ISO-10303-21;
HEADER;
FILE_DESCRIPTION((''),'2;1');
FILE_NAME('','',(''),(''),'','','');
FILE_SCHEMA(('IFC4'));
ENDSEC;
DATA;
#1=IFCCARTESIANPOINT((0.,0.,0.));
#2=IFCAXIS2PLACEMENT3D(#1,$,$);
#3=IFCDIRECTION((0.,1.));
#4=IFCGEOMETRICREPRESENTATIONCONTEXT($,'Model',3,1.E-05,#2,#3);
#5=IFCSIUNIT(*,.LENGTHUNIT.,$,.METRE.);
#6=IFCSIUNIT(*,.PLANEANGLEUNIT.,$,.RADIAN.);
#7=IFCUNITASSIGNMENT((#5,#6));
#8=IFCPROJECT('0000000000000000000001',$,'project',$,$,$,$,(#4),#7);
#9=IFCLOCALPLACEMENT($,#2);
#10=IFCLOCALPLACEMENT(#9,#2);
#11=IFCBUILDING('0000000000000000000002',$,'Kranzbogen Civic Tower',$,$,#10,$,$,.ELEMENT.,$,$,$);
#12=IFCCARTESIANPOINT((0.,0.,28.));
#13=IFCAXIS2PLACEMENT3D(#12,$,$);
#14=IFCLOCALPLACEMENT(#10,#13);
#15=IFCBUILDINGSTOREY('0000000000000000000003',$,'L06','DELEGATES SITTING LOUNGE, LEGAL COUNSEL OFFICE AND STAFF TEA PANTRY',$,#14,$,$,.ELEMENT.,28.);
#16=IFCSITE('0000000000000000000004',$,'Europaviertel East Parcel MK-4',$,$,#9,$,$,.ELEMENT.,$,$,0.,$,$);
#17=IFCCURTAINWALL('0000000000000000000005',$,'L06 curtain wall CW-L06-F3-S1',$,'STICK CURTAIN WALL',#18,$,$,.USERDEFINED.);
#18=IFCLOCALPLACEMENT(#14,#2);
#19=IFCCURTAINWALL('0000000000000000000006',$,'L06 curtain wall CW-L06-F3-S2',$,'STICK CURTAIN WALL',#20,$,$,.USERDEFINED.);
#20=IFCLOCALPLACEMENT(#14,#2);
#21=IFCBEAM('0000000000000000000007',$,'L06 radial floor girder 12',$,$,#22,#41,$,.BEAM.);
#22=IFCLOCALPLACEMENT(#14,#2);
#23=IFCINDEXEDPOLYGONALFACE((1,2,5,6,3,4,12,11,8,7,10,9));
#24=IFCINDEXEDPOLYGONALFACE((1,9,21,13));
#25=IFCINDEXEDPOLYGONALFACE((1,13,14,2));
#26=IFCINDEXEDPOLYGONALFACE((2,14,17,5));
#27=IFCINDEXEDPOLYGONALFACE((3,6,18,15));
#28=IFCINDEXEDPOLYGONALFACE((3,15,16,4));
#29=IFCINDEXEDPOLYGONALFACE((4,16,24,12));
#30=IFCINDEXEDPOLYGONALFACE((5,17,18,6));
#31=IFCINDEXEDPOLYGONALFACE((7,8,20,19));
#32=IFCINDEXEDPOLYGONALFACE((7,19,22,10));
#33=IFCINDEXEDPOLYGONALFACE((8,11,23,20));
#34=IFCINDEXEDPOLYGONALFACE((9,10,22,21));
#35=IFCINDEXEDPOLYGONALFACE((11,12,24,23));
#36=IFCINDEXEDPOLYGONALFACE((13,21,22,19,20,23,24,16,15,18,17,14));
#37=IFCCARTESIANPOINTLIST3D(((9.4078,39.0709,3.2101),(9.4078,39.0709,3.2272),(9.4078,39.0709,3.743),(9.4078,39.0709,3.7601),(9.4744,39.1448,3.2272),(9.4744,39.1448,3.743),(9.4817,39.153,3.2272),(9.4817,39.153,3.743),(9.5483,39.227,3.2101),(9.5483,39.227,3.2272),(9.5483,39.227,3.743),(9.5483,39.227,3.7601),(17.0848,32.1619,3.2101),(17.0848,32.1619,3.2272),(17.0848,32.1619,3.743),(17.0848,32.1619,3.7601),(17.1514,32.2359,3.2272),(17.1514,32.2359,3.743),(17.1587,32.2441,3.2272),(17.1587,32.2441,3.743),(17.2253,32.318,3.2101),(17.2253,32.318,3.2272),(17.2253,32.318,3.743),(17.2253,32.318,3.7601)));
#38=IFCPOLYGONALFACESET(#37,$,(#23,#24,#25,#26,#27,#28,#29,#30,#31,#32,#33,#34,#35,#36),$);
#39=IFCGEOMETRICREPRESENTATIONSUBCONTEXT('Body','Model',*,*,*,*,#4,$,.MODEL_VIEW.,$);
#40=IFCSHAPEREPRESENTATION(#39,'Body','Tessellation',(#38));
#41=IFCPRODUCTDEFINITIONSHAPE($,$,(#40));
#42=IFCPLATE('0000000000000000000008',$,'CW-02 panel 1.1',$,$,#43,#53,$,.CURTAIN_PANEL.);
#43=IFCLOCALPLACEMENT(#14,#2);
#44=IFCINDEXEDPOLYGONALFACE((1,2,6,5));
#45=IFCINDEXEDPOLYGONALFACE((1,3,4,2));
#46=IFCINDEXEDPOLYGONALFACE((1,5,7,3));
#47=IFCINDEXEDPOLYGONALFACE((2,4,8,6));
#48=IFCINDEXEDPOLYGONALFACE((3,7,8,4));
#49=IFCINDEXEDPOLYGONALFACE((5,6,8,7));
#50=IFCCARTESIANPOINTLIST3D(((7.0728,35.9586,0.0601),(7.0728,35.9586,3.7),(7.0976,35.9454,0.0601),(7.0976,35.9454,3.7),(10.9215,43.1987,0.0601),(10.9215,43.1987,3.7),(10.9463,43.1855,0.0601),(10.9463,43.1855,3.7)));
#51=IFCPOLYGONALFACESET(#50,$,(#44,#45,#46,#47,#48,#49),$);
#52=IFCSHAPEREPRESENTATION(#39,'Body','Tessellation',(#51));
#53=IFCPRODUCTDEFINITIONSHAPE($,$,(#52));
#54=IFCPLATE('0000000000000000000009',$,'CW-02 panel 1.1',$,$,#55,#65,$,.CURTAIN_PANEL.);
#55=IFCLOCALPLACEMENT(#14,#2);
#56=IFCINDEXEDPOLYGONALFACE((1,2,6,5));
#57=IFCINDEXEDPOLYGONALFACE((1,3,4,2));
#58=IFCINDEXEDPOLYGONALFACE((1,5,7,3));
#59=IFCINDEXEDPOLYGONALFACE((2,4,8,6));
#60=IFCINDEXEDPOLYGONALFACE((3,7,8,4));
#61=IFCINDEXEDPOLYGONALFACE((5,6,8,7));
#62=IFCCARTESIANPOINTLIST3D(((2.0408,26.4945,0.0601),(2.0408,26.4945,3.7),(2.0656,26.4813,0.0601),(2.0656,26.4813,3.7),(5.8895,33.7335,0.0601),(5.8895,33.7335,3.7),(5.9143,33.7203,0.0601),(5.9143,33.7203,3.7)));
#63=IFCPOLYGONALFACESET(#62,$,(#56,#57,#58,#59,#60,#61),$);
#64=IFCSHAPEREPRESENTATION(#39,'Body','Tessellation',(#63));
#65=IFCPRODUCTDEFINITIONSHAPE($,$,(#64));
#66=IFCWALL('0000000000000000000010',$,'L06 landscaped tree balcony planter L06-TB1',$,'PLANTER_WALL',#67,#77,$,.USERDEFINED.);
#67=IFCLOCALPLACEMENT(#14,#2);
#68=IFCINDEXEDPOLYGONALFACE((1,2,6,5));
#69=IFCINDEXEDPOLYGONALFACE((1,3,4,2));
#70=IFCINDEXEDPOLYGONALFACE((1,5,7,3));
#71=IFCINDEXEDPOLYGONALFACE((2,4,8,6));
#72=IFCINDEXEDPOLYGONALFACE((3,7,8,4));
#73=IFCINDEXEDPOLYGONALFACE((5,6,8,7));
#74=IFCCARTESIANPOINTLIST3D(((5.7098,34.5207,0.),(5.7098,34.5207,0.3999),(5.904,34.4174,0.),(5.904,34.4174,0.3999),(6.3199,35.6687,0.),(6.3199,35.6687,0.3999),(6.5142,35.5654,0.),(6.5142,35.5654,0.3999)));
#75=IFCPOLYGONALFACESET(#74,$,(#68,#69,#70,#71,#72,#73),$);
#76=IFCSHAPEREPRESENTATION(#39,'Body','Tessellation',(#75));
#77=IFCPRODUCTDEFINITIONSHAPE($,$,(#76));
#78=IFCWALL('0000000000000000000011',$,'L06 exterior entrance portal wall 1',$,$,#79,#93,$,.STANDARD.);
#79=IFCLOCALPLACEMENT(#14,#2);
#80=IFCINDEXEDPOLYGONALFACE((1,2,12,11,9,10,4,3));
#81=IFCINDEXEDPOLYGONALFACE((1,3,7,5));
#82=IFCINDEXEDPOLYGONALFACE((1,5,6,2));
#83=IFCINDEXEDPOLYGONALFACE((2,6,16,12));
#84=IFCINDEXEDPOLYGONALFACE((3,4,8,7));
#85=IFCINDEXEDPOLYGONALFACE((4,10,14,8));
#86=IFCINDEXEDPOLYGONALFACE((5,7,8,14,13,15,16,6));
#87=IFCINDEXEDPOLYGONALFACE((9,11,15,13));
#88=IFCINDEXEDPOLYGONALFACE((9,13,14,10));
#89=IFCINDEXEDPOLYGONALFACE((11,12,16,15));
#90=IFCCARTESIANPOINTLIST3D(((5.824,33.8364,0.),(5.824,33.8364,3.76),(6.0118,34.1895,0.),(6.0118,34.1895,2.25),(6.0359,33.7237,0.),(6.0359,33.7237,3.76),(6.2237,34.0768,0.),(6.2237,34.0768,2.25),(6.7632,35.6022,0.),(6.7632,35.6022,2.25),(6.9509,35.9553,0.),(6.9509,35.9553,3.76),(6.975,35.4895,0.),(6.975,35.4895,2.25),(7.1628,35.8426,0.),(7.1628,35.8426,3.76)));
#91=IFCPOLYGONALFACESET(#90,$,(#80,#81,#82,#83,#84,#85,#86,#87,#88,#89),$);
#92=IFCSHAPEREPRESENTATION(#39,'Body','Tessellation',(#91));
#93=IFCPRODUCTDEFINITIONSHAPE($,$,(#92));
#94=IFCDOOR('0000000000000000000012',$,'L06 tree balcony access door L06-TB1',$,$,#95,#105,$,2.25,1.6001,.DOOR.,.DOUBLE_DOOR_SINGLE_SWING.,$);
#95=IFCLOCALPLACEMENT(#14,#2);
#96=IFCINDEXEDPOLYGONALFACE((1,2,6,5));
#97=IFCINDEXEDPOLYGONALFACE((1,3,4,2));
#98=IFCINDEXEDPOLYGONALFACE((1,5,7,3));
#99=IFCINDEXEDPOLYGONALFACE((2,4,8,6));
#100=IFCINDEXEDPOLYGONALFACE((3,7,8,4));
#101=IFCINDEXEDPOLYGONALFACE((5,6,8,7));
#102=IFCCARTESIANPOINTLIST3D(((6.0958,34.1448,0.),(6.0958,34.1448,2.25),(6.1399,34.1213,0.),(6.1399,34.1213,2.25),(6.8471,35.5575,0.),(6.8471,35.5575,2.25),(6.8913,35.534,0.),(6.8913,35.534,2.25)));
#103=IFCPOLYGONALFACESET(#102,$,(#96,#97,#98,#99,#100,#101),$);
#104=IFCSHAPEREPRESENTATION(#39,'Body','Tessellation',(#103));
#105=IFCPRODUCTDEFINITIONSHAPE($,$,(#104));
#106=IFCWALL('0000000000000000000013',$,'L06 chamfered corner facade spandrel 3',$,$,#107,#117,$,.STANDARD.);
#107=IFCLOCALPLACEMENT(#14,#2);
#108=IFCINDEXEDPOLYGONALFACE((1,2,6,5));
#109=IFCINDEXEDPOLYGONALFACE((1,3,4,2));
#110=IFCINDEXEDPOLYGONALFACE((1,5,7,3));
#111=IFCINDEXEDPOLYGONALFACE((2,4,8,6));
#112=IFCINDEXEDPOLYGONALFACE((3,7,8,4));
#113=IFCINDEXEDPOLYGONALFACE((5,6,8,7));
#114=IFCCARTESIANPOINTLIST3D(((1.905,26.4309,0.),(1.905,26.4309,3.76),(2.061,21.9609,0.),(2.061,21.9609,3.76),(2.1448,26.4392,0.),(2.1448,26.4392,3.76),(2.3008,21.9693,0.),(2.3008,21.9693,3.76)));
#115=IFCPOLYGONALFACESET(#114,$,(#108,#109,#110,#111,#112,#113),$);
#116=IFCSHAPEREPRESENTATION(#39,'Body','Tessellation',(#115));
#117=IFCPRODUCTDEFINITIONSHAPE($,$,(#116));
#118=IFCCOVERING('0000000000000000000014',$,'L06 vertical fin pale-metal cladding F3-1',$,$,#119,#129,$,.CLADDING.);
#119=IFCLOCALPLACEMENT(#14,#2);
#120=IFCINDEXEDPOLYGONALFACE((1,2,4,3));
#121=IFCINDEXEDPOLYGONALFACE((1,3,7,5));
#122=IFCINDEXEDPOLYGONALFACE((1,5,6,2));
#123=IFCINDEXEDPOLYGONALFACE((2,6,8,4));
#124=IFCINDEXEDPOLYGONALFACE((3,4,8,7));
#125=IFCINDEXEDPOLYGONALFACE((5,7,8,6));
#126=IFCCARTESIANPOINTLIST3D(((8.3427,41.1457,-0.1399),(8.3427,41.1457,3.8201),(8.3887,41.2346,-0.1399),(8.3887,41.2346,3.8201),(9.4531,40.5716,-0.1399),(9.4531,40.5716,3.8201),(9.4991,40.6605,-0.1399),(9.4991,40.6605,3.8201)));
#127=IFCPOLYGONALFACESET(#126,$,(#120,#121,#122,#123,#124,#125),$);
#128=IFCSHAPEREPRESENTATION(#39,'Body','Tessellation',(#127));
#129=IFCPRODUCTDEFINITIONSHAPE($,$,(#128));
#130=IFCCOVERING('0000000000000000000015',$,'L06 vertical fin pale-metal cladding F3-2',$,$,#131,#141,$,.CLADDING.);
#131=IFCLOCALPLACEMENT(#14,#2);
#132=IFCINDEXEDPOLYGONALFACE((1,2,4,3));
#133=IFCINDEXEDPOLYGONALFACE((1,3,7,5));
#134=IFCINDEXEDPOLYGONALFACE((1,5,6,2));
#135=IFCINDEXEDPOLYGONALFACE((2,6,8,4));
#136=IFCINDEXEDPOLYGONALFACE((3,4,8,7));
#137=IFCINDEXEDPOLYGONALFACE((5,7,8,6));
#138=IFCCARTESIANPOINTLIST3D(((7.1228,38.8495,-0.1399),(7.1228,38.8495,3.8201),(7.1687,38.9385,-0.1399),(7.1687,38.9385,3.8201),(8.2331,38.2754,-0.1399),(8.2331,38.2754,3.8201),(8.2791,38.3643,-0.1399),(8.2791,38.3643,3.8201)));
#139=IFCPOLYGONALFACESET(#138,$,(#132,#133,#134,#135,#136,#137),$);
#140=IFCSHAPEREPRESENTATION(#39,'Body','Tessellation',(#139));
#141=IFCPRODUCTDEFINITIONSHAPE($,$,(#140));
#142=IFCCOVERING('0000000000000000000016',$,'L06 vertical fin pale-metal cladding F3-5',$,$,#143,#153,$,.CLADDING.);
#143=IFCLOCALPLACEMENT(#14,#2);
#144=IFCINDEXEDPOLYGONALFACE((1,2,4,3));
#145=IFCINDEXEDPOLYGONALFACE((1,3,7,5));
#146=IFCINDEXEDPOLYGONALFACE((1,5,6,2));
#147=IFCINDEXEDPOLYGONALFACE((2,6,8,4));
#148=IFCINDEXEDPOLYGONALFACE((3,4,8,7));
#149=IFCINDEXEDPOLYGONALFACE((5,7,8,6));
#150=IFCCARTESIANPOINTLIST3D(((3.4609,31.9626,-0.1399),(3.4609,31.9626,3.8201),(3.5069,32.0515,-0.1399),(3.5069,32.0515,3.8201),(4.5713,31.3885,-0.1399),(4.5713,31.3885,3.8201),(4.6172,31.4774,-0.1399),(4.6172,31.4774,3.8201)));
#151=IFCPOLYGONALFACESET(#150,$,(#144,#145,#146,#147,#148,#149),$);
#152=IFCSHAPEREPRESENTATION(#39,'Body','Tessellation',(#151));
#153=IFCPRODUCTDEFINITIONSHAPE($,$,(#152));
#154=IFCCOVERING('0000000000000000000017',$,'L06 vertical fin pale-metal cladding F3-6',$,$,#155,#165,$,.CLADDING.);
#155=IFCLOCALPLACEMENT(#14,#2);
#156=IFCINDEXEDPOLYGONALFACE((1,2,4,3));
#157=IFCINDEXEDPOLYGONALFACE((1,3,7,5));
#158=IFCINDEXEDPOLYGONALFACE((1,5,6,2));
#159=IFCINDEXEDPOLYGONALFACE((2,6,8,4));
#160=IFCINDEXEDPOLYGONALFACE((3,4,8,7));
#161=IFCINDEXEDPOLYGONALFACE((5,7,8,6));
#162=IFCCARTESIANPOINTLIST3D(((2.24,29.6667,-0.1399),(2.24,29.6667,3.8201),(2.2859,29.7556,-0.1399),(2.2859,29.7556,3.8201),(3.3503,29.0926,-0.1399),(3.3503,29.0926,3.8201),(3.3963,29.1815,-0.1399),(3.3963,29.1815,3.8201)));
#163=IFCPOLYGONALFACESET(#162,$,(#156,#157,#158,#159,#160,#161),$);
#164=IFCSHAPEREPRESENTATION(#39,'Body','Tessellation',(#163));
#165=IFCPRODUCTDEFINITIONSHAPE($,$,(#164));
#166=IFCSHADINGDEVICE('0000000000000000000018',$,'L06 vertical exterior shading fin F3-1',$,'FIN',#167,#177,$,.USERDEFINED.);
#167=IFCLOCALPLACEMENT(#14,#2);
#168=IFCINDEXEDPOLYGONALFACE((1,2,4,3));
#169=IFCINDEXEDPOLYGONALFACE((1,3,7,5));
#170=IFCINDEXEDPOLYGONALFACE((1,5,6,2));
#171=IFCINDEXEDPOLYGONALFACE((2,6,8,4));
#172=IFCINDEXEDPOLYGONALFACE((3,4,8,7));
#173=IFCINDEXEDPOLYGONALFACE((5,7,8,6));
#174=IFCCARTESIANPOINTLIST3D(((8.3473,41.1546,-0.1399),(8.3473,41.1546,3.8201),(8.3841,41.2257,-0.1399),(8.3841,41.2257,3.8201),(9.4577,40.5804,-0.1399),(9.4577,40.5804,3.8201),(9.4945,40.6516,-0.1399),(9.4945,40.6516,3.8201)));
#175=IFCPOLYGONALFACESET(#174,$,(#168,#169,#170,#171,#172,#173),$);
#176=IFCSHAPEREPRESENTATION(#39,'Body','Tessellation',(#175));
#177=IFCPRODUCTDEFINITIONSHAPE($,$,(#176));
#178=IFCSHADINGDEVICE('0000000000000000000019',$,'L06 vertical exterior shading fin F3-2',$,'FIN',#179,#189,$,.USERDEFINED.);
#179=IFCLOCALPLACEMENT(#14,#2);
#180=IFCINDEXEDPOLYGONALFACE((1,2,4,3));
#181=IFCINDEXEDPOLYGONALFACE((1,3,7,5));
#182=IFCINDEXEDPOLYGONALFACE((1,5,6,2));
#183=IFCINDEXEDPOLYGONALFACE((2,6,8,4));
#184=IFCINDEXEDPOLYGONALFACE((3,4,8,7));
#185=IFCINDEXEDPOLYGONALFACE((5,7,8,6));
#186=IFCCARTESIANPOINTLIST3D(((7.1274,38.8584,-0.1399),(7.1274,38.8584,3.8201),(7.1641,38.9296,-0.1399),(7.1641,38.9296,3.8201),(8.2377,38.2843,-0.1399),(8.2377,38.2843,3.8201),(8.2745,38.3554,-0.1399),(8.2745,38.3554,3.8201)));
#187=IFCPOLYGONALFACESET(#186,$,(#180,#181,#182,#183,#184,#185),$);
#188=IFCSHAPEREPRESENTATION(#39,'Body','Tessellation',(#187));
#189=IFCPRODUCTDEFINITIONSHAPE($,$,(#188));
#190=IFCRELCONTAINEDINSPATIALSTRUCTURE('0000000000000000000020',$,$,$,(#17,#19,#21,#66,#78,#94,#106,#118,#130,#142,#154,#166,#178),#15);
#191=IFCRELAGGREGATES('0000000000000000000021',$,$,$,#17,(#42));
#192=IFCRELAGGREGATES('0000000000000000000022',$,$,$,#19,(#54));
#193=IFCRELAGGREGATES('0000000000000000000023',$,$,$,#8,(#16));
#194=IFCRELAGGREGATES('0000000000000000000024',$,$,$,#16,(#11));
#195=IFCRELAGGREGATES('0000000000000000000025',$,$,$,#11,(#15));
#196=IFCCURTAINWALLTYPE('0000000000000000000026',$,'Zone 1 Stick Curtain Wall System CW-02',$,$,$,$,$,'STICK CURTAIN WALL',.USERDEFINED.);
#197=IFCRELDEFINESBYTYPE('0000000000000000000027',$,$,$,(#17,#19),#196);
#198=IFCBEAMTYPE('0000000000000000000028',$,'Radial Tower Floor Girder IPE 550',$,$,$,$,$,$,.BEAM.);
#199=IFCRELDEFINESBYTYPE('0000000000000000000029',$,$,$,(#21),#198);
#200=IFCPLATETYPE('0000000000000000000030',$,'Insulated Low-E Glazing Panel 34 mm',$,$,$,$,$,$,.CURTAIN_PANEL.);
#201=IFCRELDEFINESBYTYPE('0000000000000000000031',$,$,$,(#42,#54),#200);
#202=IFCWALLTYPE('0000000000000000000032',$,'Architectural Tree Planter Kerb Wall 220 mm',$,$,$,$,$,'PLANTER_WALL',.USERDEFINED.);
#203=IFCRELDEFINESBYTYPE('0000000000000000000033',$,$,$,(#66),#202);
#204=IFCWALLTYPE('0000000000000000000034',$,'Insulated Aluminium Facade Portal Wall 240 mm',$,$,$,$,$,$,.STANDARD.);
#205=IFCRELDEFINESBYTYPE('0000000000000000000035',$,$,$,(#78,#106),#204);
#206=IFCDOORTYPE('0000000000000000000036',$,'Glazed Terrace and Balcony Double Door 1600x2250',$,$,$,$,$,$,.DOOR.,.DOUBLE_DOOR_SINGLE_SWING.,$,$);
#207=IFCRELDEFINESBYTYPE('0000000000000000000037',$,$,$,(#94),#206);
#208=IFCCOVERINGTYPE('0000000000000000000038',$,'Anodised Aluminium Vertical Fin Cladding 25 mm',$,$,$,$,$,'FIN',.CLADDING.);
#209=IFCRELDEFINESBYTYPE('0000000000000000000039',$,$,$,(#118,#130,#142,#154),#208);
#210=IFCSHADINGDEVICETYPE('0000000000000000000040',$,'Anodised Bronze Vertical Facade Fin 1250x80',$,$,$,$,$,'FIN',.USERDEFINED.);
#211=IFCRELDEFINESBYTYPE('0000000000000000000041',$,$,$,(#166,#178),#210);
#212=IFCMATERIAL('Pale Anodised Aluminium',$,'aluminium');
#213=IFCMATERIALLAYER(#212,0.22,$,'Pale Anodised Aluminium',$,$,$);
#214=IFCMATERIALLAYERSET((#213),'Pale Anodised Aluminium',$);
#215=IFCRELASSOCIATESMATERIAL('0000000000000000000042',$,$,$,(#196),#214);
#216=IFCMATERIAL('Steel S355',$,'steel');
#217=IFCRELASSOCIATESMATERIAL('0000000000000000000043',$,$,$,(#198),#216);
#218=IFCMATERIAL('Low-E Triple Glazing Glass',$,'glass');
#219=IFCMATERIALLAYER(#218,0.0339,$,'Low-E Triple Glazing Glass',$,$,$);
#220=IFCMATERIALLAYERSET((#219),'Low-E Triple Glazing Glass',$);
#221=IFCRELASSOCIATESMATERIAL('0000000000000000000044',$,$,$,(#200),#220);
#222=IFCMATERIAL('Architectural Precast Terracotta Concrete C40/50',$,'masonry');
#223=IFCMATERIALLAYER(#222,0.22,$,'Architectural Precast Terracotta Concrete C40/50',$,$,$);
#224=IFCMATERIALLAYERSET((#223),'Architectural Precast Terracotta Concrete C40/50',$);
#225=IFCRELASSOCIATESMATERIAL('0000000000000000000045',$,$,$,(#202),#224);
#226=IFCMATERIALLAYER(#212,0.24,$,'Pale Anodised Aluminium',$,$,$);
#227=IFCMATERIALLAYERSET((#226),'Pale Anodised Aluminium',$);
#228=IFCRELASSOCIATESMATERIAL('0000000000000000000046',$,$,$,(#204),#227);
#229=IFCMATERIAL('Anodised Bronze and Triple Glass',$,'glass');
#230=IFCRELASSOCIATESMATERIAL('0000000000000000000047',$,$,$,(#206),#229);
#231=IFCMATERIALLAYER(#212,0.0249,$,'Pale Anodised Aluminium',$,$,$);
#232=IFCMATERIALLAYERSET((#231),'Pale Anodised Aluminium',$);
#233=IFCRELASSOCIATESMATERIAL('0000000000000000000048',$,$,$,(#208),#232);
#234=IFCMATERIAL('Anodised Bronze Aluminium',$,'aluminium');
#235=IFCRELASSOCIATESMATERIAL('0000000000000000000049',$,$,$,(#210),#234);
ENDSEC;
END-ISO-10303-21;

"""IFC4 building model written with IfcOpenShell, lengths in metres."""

from ifc_helpers import new_model, si_unit, direction, frame, frame_2d, origin, origin_2d, place, context, subcontext, project, spatial, rectangle, i_section, extrude, material, layer, layer_set, material_profile, profile_set, type_object, element, fill, aggregate, save


model = new_model("IFC4")

# Units and contexts
model_context = context("Model", 3, precision=1e-05, world=origin(), true_north=direction((0.0, 1.0)))
body_context = subcontext(model_context, "Body", "Model", "MODEL_VIEW")
ifc_project = project(units=[si_unit("LENGTHUNIT", "METRE"), si_unit("PLANEANGLEUNIT", "RADIAN")], contexts=[model_context])

# Site, building, storey
site_placement = place(None, origin())
site = spatial("IfcSite", under=ifc_project, at=site_placement, Name="Europaviertel East Parcel MK-4", CompositionType="ELEMENT", RefElevation=0.0)
building_placement = place(site_placement, origin())
building = spatial("IfcBuilding", under=site, at=building_placement, Name="Kranzbogen Civic Tower", CompositionType="ELEMENT")
storey_placement = place(building_placement, frame((0.0, 0.0, 28.0)))
storey = spatial("IfcBuildingStorey", under=building, at=storey_placement, Name="L06", Description="DELEGATES SITTING LOUNGE, LEGAL COUNSEL OFFICE AND STAFF TEA PANTRY", CompositionType="ELEMENT", Elevation=28.0)

# Curtain wall
ifc_material_1 = material(Name="Pale Anodised Aluminium", Category="aluminium")
ifc_layer_1 = layer(ifc_material_1, 0.22, Name="Pale Anodised Aluminium")
ifc_layer_set_1 = layer_set([ifc_layer_1], Name="Pale Anodised Aluminium")
curtain_wall_type = type_object("IfcCurtainWallType", Name="Zone 1 Stick Curtain Wall System CW-02", ElementType="STICK CURTAIN WALL", PredefinedType="USERDEFINED", material=ifc_layer_set_1)
curtain_wall_1_placement = place(storey_placement, origin())
curtain_wall_1 = element("IfcCurtainWall", 1, at=curtain_wall_1_placement, inside=storey, type_object=curtain_wall_type, Name="L06 curtain wall CW-L06-F3-S1", ObjectType="STICK CURTAIN WALL", PredefinedType="USERDEFINED")

# Curtain wall
curtain_wall_2_placement = place(storey_placement, origin())
curtain_wall_2 = element("IfcCurtainWall", 2, at=curtain_wall_2_placement, inside=storey, type_object=curtain_wall_type, Name="L06 curtain wall CW-L06-F3-S2", ObjectType="STICK CURTAIN WALL", PredefinedType="USERDEFINED")

# Beam
ifc_material_2 = material(Name="Steel S355", Category="steel")
ifc_material_profile_1 = material_profile(ifc_material_2, i_section(OverallWidth=0.21, OverallDepth=0.55, WebThickness=0.011, FlangeThickness=0.0171, at=origin_2d()), Name="IPE 550")
ifc_profile_set_1 = profile_set([ifc_material_profile_1], Name="Steel S355")
beam_type_1 = type_object("IfcBeamType", Name="Radial Tower Floor Girder IPE 550", PredefinedType="BEAM", material=ifc_profile_set_1)
beam_1_placement = place(storey_placement, frame((9.478, 39.1489, 3.4851), z_axis=(0.743312, -0.668945, 0.0), x_axis=(0.668945, 0.743312, 0.0)))
element("IfcBeam", 3, at=beam_1_placement, inside=storey, type_object=beam_type_1, Name="L06 radial floor girder 12", PredefinedType="BEAM", context=body_context, shape_type="SweptSolid", body=[
    extrude(i_section(OverallWidth=0.21, OverallDepth=0.55, WebThickness=0.011, FlangeThickness=0.0171, at=origin_2d()), origin(), (0.0, 0.0, 1.0), 10.3281),
])

# Plates
ifc_material_3 = material(Name="Low-E Triple Glazing Glass", Category="glass")
ifc_layer_2 = layer(ifc_material_3, 0.0339, Name="Low-E Triple Glazing Glass")
ifc_layer_set_2 = layer_set([ifc_layer_2], Name="Low-E Triple Glazing Glass")
plate_type = type_object("IfcPlateType", Name="Insulated Low-E Glazing Panel 34 mm", PredefinedType="CURTAIN_PANEL", material=ifc_layer_set_2)
plate_1_placement = place(storey_placement, frame((9.0095, 39.572, 0.0601), z_axis=(0.0, 0.0, 1.0), x_axis=(-0.469384, -0.882994, 0.0)))
plate_1 = element("IfcPlate", 4, at=plate_1_placement, type_object=plate_type, Name="CW-02 panel 1.1", PredefinedType="CURTAIN_PANEL", context=body_context, shape_type="SweptSolid", body=[
    extrude(rectangle(XDim=8.1995, YDim=0.0281, at=origin_2d()), origin(), (0.0, 0.0, 1.0), 3.6399),
])
aggregate(curtain_wall_1, [plate_1])
plate_2_placement = place(storey_placement, frame((3.9775, 30.1074, 0.0601), z_axis=(0.0, 0.0, 1.0), x_axis=(-0.469434, -0.882968, 0.0)))
plate_2 = element("IfcPlate", 5, at=plate_2_placement, type_object=plate_type, Name="CW-02 panel 1.1", PredefinedType="CURTAIN_PANEL", context=body_context, shape_type="SweptSolid", body=[
    extrude(rectangle(XDim=8.1985, YDim=0.0281, at=origin_2d()), origin(), (0.0, 0.0, 1.0), 3.6399),
])
aggregate(curtain_wall_2, [plate_2])

# Wall
ifc_material_4 = material(Name="Architectural Precast Terracotta Concrete C40/50", Category="masonry")
ifc_layer_3 = layer(ifc_material_4, 0.22, Name="Architectural Precast Terracotta Concrete C40/50")
ifc_layer_set_3 = layer_set([ifc_layer_3], Name="Architectural Precast Terracotta Concrete C40/50")
wall_type_1 = type_object("IfcWallType", Name="Architectural Tree Planter Kerb Wall 220 mm", ElementType="PLANTER_WALL", PredefinedType="USERDEFINED", material=ifc_layer_set_3)
wall_1_placement = place(storey_placement, frame((6.417, 35.6169, 0.0), z_axis=(0.0, 0.0, 1.0), x_axis=(-0.469311, -0.883033, 0.0)))
element("IfcWall", 6, at=wall_1_placement, inside=storey, type_object=wall_type_1, Name="L06 landscaped tree balcony planter L06-TB1", ObjectType="PLANTER_WALL", PredefinedType="USERDEFINED", context=body_context, shape_type="SweptSolid", body=[
    extrude(rectangle(XDim=1.3, YDim=0.22, at=frame_2d((0.6499, 0.0))), origin(), (0.0, 0.0, 1.0), 0.3999),
])

# Wall, opening, door
ifc_layer_4 = layer(ifc_material_1, 0.24, Name="Pale Anodised Aluminium")
ifc_layer_set_4 = layer_set([ifc_layer_4], Name="Pale Anodised Aluminium")
wall_type_2 = type_object("IfcWallType", Name="Insulated Aluminium Facade Portal Wall 240 mm", PredefinedType="STANDARD", material=ifc_layer_set_4)
wall_2_placement = place(storey_placement, frame((7.0569, 35.8989, 0.0), z_axis=(0.0, 0.0, 1.0), x_axis=(-0.469574, -0.882893, 0.0)))
wall_2 = element("IfcWall", 7, at=wall_2_placement, inside=storey, type_object=wall_type_2, Name="L06 exterior entrance portal wall 1", PredefinedType="STANDARD", context=body_context, shape_type="SweptSolid", body=[
    extrude(rectangle(XDim=2.3999, YDim=0.24, at=frame_2d((1.2, 0.0))), origin(), (0.0, 0.0, 1.0), 3.76),
])
opening_placement = place(wall_2_placement, frame((0.3999, 0.0, 0.0)))
opening = element("IfcOpeningElement", 8, at=opening_placement, cuts=wall_2, PredefinedType="OPENING", context=body_context, shape_type="SweptSolid", body=[
    extrude(rectangle(XDim=1.6001, YDim=2.25, at=frame_2d((0.8, 1.125))), frame((0.0, 0.1299, 0.0), z_axis=(0.0, -1.0, 0.0), x_axis=(1.0, 0.0, 0.0)), (0.0, 0.0, 1.0), 0.26),
])
ifc_material_5 = material(Name="Anodised Bronze and Triple Glass", Category="glass")
door_type = type_object("IfcDoorType", Name="Glazed Terrace and Balcony Double Door 1600x2250", OperationType="DOUBLE_DOOR_SINGLE_SWING", PredefinedType="DOOR", material=ifc_material_5)
door_placement = place(opening_placement, frame((1.6001, 0.0, 0.0), z_axis=(0.0, 0.0, 1.0), x_axis=(-1.0, 0.0, 0.0)))
door = element("IfcDoor", 9, at=door_placement, inside=storey, type_object=door_type, Name="L06 tree balcony access door L06-TB1", OperationType="DOUBLE_DOOR_SINGLE_SWING", OverallHeight=2.25, OverallWidth=1.6001, PredefinedType="DOOR", context=body_context, shape_type="SweptSolid", body=[
    extrude(rectangle(XDim=1.6001, YDim=2.25, at=frame_2d((0.8, 1.125))), frame((0.0, 0.0249, 0.0), z_axis=(0.0, -1.0, 0.0), x_axis=(1.0, 0.0, 0.0)), (0.0, 0.0, 1.0), 0.05),
])
fill(opening, door)

# Wall
wall_3_placement = place(storey_placement, frame((2.0249, 26.4351, 0.0), z_axis=(0.0, 0.0, 1.0), x_axis=(0.03488, -0.999392, 0.0)))
element("IfcWall", 10, at=wall_3_placement, inside=storey, type_object=wall_type_2, Name="L06 chamfered corner facade spandrel 3", PredefinedType="STANDARD", context=body_context, shape_type="SweptSolid", body=[
    extrude(rectangle(XDim=4.4727, YDim=0.24, at=frame_2d((2.2363, 0.0))), origin(), (0.0, 0.0, 1.0), 3.76),
])

# Coverings
ifc_layer_5 = layer(ifc_material_1, 0.0249, Name="Pale Anodised Aluminium")
ifc_layer_set_5 = layer_set([ifc_layer_5], Name="Pale Anodised Aluminium")
covering_type = type_object("IfcCoveringType", Name="Anodised Aluminium Vertical Fin Cladding 25 mm", ElementType="FIN", PredefinedType="CLADDING", material=ifc_layer_set_5)
for number, where, z_axis, x_axis, name in (
    (11, (8.9209, 40.9031, -0.1399), (0.0, 0.0, 1.0), (-0.888281, 0.459301, 0.0), "L06 vertical fin pale-metal cladding F3-1"),
    (12, (7.7009, 38.6069, -0.1399), (0.0, 0.0, 1.0), (-0.888281, 0.459301, 0.0), "L06 vertical fin pale-metal cladding F3-2"),
    (13, (4.0391, 31.72, -0.1399), (0.0, 0.0, 1.0), (-0.888281, 0.459301, 0.0), "L06 vertical fin pale-metal cladding F3-5"),
    (14, (2.8181, 29.4241, -0.1399), (0.0, 0.0, 1.0), (-0.888281, 0.459301, 0.0), "L06 vertical fin pale-metal cladding F3-6"),
):
    element("IfcCovering", number, at=place(storey_placement, frame(where, z_axis=z_axis, x_axis=x_axis)), inside=storey, type_object=covering_type, Name=name, PredefinedType="CLADDING", context=body_context, shape_type="SweptSolid", body=[
        extrude(rectangle(XDim=1.25, YDim=0.1001, at=origin_2d()), origin(), (0.0, 0.0, 1.0), 3.96),
    ])

# Shading devices
ifc_material_6 = material(Name="Anodised Bronze Aluminium", Category="aluminium")
shading_device_type = type_object("IfcShadingDeviceType", Name="Anodised Bronze Vertical Facade Fin 1250x80", ElementType="FIN", PredefinedType="USERDEFINED", material=ifc_material_6)
for number, where, z_axis, x_axis, name in (
    (15, (8.9209, 40.9031, -0.1399), (0.0, 0.0, 1.0), (-0.888281, 0.459301, 0.0), "L06 vertical exterior shading fin F3-1"),
    (16, (7.7009, 38.6069, -0.1399), (0.0, 0.0, 1.0), (-0.888281, 0.459301, 0.0), "L06 vertical exterior shading fin F3-2"),
):
    element("IfcShadingDevice", number, at=place(storey_placement, frame(where, z_axis=z_axis, x_axis=x_axis)), inside=storey, type_object=shading_device_type, Name=name, ObjectType="FIN", PredefinedType="USERDEFINED", context=body_context, shape_type="SweptSolid", body=[
        extrude(rectangle(XDim=1.25, YDim=0.0801, at=origin_2d()), origin(), (0.0, 0.0, 1.0), 3.96),
    ])

save(model, "model.ifc")
